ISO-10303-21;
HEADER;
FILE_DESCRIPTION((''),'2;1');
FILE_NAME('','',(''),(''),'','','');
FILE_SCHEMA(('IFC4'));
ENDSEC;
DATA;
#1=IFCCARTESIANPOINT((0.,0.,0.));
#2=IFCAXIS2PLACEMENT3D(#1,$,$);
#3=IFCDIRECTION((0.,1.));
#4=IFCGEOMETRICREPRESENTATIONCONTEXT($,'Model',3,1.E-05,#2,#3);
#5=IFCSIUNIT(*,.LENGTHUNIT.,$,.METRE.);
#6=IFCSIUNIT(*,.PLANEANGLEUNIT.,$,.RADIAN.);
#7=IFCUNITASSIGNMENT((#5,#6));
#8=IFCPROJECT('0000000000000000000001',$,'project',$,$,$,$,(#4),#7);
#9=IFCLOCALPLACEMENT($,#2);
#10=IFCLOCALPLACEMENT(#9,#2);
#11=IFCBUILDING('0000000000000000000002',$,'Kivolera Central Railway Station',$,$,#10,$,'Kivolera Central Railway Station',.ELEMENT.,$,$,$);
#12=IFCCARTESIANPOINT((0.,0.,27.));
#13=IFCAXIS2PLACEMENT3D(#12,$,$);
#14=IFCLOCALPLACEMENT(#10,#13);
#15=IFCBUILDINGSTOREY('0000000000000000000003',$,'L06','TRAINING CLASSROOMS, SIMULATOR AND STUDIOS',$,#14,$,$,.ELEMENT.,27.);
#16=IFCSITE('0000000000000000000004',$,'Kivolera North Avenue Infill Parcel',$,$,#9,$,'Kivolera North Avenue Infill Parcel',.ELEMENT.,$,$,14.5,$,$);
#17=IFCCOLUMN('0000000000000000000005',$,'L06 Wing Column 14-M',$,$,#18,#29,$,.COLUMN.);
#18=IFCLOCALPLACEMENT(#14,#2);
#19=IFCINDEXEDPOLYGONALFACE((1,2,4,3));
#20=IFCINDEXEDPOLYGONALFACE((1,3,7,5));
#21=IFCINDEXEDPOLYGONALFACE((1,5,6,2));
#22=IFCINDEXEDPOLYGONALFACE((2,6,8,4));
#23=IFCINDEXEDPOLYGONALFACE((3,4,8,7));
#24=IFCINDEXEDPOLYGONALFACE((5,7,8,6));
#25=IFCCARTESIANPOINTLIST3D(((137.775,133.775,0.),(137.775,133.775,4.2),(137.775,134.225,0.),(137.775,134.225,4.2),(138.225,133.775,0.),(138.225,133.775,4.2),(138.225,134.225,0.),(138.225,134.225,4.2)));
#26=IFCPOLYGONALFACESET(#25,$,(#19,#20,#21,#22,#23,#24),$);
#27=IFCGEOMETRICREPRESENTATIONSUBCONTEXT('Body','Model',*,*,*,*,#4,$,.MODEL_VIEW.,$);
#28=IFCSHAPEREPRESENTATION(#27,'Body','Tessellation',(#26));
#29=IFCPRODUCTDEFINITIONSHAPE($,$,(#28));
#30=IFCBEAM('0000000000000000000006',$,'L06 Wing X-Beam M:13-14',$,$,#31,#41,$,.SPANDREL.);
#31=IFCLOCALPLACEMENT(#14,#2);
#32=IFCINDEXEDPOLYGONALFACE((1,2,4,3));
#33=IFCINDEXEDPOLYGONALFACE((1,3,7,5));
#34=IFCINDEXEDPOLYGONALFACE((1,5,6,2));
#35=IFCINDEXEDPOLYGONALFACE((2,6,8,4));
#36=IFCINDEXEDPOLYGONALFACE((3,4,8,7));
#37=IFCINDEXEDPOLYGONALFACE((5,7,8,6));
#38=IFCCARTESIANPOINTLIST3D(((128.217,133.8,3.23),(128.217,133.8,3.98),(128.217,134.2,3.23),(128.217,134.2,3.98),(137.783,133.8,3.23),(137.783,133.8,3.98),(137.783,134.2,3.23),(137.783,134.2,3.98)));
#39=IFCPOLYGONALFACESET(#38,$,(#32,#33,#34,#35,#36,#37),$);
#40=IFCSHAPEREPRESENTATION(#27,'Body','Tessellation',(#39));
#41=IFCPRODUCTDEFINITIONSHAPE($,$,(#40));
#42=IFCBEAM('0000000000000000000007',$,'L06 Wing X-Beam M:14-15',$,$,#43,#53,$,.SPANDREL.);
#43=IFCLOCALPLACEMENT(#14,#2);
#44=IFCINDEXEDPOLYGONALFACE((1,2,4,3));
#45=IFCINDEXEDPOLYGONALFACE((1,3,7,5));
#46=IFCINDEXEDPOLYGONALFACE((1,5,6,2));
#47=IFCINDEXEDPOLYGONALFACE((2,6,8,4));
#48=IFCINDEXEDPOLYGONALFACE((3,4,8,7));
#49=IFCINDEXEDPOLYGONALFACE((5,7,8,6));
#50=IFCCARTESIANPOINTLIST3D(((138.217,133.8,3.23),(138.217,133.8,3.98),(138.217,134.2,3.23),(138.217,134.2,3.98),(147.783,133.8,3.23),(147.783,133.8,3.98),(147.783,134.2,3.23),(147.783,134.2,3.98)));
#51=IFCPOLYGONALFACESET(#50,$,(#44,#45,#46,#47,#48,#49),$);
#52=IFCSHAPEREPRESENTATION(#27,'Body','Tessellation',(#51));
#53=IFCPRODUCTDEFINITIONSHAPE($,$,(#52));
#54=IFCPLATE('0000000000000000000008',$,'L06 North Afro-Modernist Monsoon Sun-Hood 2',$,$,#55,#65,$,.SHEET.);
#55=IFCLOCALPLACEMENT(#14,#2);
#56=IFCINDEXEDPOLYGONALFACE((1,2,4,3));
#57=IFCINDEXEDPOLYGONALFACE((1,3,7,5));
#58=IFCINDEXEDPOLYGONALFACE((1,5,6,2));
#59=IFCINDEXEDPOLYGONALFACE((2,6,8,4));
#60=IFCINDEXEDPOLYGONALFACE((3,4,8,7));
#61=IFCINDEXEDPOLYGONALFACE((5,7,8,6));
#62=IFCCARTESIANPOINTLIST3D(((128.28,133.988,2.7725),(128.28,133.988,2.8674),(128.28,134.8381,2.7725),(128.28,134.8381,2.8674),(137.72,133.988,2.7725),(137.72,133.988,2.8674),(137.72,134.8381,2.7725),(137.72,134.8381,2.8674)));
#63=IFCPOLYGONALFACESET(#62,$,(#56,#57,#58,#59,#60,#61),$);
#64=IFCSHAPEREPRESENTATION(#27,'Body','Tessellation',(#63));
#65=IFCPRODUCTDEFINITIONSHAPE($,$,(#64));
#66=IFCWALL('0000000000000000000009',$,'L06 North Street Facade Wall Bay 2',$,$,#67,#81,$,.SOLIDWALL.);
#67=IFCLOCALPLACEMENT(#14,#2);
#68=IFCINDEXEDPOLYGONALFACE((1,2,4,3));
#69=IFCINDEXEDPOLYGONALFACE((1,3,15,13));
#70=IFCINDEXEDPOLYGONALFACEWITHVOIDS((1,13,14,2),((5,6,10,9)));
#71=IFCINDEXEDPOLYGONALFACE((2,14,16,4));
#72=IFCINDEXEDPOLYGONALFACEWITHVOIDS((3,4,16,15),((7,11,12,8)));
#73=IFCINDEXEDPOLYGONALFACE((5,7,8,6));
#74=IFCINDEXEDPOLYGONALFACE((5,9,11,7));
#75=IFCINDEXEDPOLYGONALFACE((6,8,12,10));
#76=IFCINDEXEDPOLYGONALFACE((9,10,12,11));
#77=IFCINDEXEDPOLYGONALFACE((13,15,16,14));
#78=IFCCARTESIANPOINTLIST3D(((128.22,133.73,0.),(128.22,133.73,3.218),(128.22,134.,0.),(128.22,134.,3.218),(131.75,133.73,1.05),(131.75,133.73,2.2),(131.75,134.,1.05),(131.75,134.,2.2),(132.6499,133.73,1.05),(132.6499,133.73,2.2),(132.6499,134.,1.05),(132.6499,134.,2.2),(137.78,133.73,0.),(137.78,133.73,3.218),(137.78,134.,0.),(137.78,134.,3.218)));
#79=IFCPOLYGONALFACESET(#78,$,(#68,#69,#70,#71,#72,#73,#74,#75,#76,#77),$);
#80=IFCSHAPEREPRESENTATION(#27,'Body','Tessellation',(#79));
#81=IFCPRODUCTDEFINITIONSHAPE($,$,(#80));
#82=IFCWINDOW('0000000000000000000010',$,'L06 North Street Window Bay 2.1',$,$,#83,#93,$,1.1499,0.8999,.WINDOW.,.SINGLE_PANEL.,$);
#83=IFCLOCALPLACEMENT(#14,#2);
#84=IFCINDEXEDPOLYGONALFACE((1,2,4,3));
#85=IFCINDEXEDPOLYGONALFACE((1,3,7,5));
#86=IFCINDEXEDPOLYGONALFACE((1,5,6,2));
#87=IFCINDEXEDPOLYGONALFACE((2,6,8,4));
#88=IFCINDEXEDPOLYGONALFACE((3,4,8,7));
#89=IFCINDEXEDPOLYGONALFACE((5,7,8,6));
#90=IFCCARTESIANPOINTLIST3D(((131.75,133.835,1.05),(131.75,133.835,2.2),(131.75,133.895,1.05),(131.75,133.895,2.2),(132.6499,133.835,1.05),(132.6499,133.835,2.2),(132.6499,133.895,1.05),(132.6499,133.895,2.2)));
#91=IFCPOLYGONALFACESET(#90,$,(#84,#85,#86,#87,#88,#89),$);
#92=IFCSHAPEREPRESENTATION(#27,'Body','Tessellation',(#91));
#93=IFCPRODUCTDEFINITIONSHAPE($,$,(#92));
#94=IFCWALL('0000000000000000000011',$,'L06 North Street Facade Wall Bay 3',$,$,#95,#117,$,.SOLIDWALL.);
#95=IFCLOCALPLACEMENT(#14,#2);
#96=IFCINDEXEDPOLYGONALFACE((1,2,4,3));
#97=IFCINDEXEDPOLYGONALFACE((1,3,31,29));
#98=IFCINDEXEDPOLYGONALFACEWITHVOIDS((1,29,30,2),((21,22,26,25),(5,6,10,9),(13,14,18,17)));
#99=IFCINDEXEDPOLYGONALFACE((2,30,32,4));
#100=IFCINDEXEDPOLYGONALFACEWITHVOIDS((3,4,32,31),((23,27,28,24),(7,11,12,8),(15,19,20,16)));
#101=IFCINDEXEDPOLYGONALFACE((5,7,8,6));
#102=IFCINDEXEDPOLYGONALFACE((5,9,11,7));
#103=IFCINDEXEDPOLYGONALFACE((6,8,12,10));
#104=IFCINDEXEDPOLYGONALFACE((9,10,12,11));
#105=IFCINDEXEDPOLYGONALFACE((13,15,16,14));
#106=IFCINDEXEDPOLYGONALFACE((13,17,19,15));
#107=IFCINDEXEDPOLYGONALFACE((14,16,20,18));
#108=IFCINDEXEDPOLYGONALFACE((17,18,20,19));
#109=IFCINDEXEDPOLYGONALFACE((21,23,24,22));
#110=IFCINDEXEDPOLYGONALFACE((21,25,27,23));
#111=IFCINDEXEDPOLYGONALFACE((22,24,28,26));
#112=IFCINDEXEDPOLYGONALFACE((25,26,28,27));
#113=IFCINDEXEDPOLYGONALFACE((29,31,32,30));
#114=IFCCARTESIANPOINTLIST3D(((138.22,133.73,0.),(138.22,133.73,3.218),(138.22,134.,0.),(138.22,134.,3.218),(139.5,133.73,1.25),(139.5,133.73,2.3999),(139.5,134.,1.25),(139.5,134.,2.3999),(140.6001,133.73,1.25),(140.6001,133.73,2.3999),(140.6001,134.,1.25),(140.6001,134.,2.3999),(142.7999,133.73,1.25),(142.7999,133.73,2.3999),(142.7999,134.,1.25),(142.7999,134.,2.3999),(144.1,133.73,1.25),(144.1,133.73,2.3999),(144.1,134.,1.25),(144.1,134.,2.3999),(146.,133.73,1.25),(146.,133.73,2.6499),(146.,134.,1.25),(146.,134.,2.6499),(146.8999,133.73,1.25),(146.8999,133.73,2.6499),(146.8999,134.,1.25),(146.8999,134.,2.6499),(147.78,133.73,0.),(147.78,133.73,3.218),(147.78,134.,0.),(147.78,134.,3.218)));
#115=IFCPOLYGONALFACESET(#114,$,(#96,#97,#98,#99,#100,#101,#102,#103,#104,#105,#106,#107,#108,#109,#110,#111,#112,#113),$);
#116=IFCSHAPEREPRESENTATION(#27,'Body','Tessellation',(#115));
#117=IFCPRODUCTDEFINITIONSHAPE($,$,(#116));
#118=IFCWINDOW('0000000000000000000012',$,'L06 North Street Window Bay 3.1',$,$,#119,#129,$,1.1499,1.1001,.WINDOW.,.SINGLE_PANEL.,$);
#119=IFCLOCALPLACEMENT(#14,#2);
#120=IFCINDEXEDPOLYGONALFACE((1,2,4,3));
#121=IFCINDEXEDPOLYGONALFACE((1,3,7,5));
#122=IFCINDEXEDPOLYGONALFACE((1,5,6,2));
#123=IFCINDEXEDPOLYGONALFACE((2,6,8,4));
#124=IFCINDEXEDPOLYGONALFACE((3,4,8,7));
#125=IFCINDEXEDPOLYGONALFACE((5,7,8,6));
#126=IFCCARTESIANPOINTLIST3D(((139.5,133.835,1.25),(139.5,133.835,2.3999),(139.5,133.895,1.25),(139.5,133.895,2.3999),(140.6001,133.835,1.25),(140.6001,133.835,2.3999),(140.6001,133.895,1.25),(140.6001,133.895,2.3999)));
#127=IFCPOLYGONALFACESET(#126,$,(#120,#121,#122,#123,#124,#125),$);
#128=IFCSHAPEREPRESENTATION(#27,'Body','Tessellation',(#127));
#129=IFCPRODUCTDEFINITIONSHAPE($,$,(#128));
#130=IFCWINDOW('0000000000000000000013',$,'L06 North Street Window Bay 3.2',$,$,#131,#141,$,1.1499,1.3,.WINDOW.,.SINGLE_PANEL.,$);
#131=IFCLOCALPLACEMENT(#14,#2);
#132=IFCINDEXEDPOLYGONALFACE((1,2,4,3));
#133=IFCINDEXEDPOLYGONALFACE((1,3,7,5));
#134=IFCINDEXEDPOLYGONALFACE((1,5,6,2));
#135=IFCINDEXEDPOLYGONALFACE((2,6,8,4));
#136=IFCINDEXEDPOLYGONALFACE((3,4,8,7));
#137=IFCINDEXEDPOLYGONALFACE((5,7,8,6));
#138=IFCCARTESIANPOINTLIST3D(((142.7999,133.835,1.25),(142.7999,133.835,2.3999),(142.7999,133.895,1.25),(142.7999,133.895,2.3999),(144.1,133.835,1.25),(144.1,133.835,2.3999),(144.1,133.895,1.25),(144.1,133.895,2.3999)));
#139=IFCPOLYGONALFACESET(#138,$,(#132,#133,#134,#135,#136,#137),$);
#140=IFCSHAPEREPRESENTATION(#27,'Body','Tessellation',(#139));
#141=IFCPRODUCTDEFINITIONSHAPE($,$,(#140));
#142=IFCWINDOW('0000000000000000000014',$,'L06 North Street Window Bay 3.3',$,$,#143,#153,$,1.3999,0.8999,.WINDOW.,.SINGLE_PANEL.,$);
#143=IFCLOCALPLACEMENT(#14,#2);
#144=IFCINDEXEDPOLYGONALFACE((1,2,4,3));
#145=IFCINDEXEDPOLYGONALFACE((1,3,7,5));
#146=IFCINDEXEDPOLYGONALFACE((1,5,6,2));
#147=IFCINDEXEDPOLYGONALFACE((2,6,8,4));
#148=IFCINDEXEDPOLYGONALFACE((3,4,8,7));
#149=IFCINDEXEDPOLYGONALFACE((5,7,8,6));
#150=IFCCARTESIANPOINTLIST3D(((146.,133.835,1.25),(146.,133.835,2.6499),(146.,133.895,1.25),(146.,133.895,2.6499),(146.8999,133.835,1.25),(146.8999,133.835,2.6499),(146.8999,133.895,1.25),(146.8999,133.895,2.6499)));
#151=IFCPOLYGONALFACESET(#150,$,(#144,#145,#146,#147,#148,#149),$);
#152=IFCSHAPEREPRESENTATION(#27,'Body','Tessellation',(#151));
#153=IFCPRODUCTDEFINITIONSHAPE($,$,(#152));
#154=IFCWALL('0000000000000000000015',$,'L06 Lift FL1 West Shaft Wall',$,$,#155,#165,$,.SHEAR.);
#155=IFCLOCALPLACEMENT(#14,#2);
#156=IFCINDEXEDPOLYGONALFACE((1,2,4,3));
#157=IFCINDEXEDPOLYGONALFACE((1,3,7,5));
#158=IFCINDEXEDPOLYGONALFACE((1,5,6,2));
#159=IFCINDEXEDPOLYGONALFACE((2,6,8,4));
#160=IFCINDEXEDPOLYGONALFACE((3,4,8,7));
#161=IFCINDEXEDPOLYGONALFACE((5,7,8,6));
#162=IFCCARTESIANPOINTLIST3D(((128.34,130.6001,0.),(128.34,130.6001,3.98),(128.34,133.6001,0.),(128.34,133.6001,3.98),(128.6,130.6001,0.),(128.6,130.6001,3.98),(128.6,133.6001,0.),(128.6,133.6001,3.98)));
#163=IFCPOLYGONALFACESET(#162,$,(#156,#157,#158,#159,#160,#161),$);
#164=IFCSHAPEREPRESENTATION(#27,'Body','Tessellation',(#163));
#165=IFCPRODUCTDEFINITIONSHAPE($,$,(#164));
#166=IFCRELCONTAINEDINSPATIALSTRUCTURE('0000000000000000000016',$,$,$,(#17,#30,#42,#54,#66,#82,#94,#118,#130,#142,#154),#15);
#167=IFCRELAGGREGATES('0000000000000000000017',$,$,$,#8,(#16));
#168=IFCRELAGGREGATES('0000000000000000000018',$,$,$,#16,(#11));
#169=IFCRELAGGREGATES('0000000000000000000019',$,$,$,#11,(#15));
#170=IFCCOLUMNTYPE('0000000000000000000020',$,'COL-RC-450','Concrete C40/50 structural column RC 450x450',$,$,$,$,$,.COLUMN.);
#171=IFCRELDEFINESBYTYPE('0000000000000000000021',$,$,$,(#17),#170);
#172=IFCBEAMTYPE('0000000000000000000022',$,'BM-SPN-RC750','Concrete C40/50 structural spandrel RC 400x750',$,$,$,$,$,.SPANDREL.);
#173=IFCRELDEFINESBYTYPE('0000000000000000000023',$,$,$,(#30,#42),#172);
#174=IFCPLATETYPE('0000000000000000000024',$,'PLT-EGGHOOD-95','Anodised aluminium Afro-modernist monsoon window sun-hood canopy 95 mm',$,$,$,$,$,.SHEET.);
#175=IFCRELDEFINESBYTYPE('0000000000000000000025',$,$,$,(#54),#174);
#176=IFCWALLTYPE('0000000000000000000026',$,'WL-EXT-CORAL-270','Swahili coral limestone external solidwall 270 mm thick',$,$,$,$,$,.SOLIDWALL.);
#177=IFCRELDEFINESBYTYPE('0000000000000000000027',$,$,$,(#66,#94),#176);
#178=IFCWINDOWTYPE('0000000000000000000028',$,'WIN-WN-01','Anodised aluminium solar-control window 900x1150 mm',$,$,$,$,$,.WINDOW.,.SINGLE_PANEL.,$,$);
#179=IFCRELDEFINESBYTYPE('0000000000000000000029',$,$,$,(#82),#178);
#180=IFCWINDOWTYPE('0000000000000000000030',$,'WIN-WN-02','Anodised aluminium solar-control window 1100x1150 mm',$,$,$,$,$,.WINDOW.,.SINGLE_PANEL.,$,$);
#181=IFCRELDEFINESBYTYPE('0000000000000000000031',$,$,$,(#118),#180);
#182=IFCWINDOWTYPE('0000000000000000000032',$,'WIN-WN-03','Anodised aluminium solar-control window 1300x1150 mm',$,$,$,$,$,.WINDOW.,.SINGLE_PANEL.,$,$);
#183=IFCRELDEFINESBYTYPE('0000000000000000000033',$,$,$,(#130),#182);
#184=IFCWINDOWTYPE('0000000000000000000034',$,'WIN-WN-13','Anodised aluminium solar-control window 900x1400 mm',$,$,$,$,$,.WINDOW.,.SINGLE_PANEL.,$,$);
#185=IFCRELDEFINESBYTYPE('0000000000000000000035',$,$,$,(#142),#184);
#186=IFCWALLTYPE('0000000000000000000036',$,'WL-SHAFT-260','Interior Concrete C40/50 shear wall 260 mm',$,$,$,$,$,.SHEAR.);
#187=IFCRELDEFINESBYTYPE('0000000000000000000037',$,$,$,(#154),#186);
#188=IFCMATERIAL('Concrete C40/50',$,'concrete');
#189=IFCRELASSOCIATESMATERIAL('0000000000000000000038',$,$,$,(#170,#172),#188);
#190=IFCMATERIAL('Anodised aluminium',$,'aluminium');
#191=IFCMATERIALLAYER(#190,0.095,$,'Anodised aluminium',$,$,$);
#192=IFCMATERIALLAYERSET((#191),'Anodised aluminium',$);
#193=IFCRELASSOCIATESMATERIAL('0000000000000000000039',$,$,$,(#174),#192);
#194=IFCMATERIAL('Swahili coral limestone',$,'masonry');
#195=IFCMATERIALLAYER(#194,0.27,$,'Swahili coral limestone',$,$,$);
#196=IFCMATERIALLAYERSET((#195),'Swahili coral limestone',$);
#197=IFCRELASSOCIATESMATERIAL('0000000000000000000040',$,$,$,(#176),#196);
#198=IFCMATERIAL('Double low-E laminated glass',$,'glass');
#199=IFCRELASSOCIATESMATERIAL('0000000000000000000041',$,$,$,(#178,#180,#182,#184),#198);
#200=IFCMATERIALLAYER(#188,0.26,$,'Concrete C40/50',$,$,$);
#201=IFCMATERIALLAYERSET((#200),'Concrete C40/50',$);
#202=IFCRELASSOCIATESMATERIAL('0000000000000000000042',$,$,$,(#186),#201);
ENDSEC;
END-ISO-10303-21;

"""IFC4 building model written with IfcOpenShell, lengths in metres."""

from ifc_helpers import new_model, si_unit, direction, frame, frame_2d, origin, origin_2d, place, context, subcontext, project, spatial, rectangle, extrude, material, layer, layer_set, material_profile, profile_set, type_object, element, fill, save


model = new_model("IFC4")

# Units and contexts
model_context = context("Model", 3, precision=1e-05, world=origin(), true_north=direction((0.0, 1.0)))
body_context = subcontext(model_context, "Body", "Model", "MODEL_VIEW")
ifc_project = project(units=[si_unit("LENGTHUNIT", "METRE"), si_unit("PLANEANGLEUNIT", "RADIAN")], contexts=[model_context])

# Site, building, storey
site_placement = place(None, origin())
site = spatial("IfcSite", under=ifc_project, at=site_placement, Name="Kivolera North Avenue Infill Parcel", LongName="Kivolera North Avenue Infill Parcel", CompositionType="ELEMENT", RefElevation=14.5)
building_placement = place(site_placement, origin())
building = spatial("IfcBuilding", under=site, at=building_placement, Name="Kivolera Central Railway Station", LongName="Kivolera Central Railway Station", CompositionType="ELEMENT")
storey_placement = place(building_placement, frame((0.0, 0.0, 27.0)))
storey = spatial("IfcBuildingStorey", under=building, at=storey_placement, Name="L06", Description="TRAINING CLASSROOMS, SIMULATOR AND STUDIOS", CompositionType="ELEMENT", Elevation=27.0)

# Column
ifc_material_1 = material(Name="Concrete C40/50", Category="concrete")
ifc_material_profile_1 = material_profile(ifc_material_1, rectangle(XDim=0.45, YDim=0.45, at=origin_2d()), Name="RC 450x450")
ifc_profile_set_1 = profile_set([ifc_material_profile_1], Name="Concrete C40/50")
column_type = type_object("IfcColumnType", Name="COL-RC-450", Description="Concrete C40/50 structural column RC 450x450", PredefinedType="COLUMN", material=ifc_profile_set_1)
column_placement = place(storey_placement, frame((138.0, 134.0, 0.0), z_axis=(0.0, 0.0, 1.0), x_axis=(1.0, 0.0, 0.0)))
element("IfcColumn", 1, at=column_placement, inside=storey, type_object=column_type, Name="L06 Wing Column 14-M", PredefinedType="COLUMN", context=body_context, shape_type="SweptSolid", body=[
    extrude(rectangle(XDim=0.45, YDim=0.45, at=origin_2d()), origin(), (0.0, 0.0, 1.0), 4.2),
])

# Beams
ifc_material_profile_2 = material_profile(ifc_material_1, rectangle(XDim=0.3999, YDim=0.75, at=origin_2d()), Name="RC 400x750")
ifc_profile_set_2 = profile_set([ifc_material_profile_2], Name="Concrete C40/50")
beam_type = type_object("IfcBeamType", Name="BM-SPN-RC750", Description="Concrete C40/50 structural spandrel RC 400x750", PredefinedType="SPANDREL", material=ifc_profile_set_2)
for number, where, z_axis, x_axis, name in (
    (2, (128.217, 134.0, 3.605), (1.0, 0.0, 0.0), (0.0, 1.0, 0.0), "L06 Wing X-Beam M:13-14"),
    (3, (138.217, 134.0, 3.605), (1.0, 0.0, 0.0), (0.0, 1.0, 0.0), "L06 Wing X-Beam M:14-15"),
):
    element("IfcBeam", number, at=place(storey_placement, frame(where, z_axis=z_axis, x_axis=x_axis)), inside=storey, type_object=beam_type, Name=name, PredefinedType="SPANDREL", context=body_context, shape_type="SweptSolid", body=[
        extrude(rectangle(XDim=0.3999, YDim=0.75, at=origin_2d()), origin(), (0.0, 0.0, 1.0), 9.5659),
    ])

# Plate
ifc_material_2 = material(Name="Anodised aluminium", Category="aluminium")
ifc_layer_1 = layer(ifc_material_2, 0.095, Name="Anodised aluminium")
ifc_layer_set_1 = layer_set([ifc_layer_1], Name="Anodised aluminium")
plate_type = type_object("IfcPlateType", Name="PLT-EGGHOOD-95", Description="Anodised aluminium Afro-modernist monsoon window sun-hood canopy 95 mm", PredefinedType="SHEET", material=ifc_layer_set_1)
plate_placement = place(storey_placement, frame((133.0, 134.4131, 2.7725), z_axis=(0.0, 0.0, 1.0), x_axis=(1.0, 0.0, 0.0)))
element("IfcPlate", 4, at=plate_placement, inside=storey, type_object=plate_type, Name="L06 North Afro-Modernist Monsoon Sun-Hood 2", PredefinedType="SHEET", context=body_context, shape_type="SweptSolid", body=[
    extrude(rectangle(XDim=9.4399, YDim=0.8501, at=origin_2d()), origin(), (0.0, 0.0, 1.0), 0.095),
])

# Wall, opening, window
ifc_material_3 = material(Name="Swahili coral limestone", Category="masonry")
ifc_layer_2 = layer(ifc_material_3, 0.27, Name="Swahili coral limestone")
ifc_layer_set_2 = layer_set([ifc_layer_2], Name="Swahili coral limestone")
wall_type_1 = type_object("IfcWallType", Name="WL-EXT-CORAL-270", Description="Swahili coral limestone external solidwall 270 mm thick", PredefinedType="SOLIDWALL", material=ifc_layer_set_2)
wall_1_placement = place(storey_placement, frame((128.22, 133.865, 0.0), z_axis=(0.0, 0.0, 1.0), x_axis=(1.0, 0.0, 0.0)))
wall_1 = element("IfcWall", 5, at=wall_1_placement, inside=storey, type_object=wall_type_1, Name="L06 North Street Facade Wall Bay 2", PredefinedType="SOLIDWALL", context=body_context, shape_type="SweptSolid", body=[
    extrude(rectangle(XDim=9.5601, YDim=0.27, at=frame_2d((4.78, 0.0))), origin(), (0.0, 0.0, 1.0), 3.218),
])
opening_1_placement = place(wall_1_placement, frame((3.53, 0.0, 1.05)))
opening_1 = element("IfcOpeningElement", 6, at=opening_1_placement, cuts=wall_1, PredefinedType="OPENING", context=body_context, shape_type="SweptSolid", body=[
    extrude(rectangle(XDim=0.8999, YDim=1.1499, at=frame_2d((0.45, 0.575))), frame((0.0, 0.145, 0.0), z_axis=(0.0, -1.0, 0.0), x_axis=(1.0, 0.0, 0.0)), (0.0, 0.0, 1.0), 0.29),
])
ifc_material_4 = material(Name="Double low-E laminated glass", Category="glass")
window_type_1 = type_object("IfcWindowType", Name="WIN-WN-01", Description="Anodised aluminium solar-control window 900x1150 mm", PartitioningType="SINGLE_PANEL", PredefinedType="WINDOW", material=ifc_material_4)
window_1_placement = place(opening_1_placement, origin())
window_1 = element("IfcWindow", 7, at=window_1_placement, inside=storey, type_object=window_type_1, Name="L06 North Street Window Bay 2.1", OverallHeight=1.1499, OverallWidth=0.8999, PartitioningType="SINGLE_PANEL", PredefinedType="WINDOW", context=body_context, shape_type="SweptSolid", body=[
    extrude(rectangle(XDim=0.8999, YDim=1.1499, at=frame_2d((0.45, 0.575))), frame((0.0, 0.03, 0.0), z_axis=(0.0, -1.0, 0.0), x_axis=(1.0, 0.0, 0.0)), (0.0, 0.0, 1.0), 0.0601),
])
fill(opening_1, window_1)

# Wall, openings, windows
wall_2_placement = place(storey_placement, frame((138.22, 133.865, 0.0), z_axis=(0.0, 0.0, 1.0), x_axis=(1.0, 0.0, 0.0)))
wall_2 = element("IfcWall", 8, at=wall_2_placement, inside=storey, type_object=wall_type_1, Name="L06 North Street Facade Wall Bay 3", PredefinedType="SOLIDWALL", context=body_context, shape_type="SweptSolid", body=[
    extrude(rectangle(XDim=9.5601, YDim=0.27, at=frame_2d((4.78, 0.0))), origin(), (0.0, 0.0, 1.0), 3.218),
])
opening_2_placement = place(wall_2_placement, frame((1.28, 0.0, 1.25)))
opening_2 = element("IfcOpeningElement", 9, at=opening_2_placement, cuts=wall_2, PredefinedType="OPENING", context=body_context, shape_type="SweptSolid", body=[
    extrude(rectangle(XDim=1.1001, YDim=1.1499, at=frame_2d((0.55, 0.575))), frame((0.0, 0.145, 0.0), z_axis=(0.0, -1.0, 0.0), x_axis=(1.0, 0.0, 0.0)), (0.0, 0.0, 1.0), 0.29),
])
opening_3_placement = place(wall_2_placement, frame((4.5801, 0.0, 1.25)))
opening_3 = element("IfcOpeningElement", 10, at=opening_3_placement, cuts=wall_2, PredefinedType="OPENING", context=body_context, shape_type="SweptSolid", body=[
    extrude(rectangle(XDim=1.3, YDim=1.1499, at=frame_2d((0.6499, 0.575))), frame((0.0, 0.145, 0.0), z_axis=(0.0, -1.0, 0.0), x_axis=(1.0, 0.0, 0.0)), (0.0, 0.0, 1.0), 0.29),
])
opening_4_placement = place(wall_2_placement, frame((7.78, 0.0, 1.25)))
opening_4 = element("IfcOpeningElement", 11, at=opening_4_placement, cuts=wall_2, PredefinedType="OPENING", context=body_context, shape_type="SweptSolid", body=[
    extrude(rectangle(XDim=0.8999, YDim=1.3999, at=frame_2d((0.45, 0.7))), frame((0.0, 0.145, 0.0), z_axis=(0.0, -1.0, 0.0), x_axis=(1.0, 0.0, 0.0)), (0.0, 0.0, 1.0), 0.29),
])
window_type_2 = type_object("IfcWindowType", Name="WIN-WN-02", Description="Anodised aluminium solar-control window 1100x1150 mm", PartitioningType="SINGLE_PANEL", PredefinedType="WINDOW", material=ifc_material_4)
window_2_placement = place(opening_2_placement, origin())
window_2 = element("IfcWindow", 12, at=window_2_placement, inside=storey, type_object=window_type_2, Name="L06 North Street Window Bay 3.1", OverallHeight=1.1499, OverallWidth=1.1001, PartitioningType="SINGLE_PANEL", PredefinedType="WINDOW", context=body_context, shape_type="SweptSolid", body=[
    extrude(rectangle(XDim=1.1001, YDim=1.1499, at=frame_2d((0.55, 0.575))), frame((0.0, 0.03, 0.0), z_axis=(0.0, -1.0, 0.0), x_axis=(1.0, 0.0, 0.0)), (0.0, 0.0, 1.0), 0.0601),
])
fill(opening_2, window_2)
window_type_3 = type_object("IfcWindowType", Name="WIN-WN-03", Description="Anodised aluminium solar-control window 1300x1150 mm", PartitioningType="SINGLE_PANEL", PredefinedType="WINDOW", material=ifc_material_4)
window_3_placement = place(opening_3_placement, origin())
window_3 = element("IfcWindow", 13, at=window_3_placement, inside=storey, type_object=window_type_3, Name="L06 North Street Window Bay 3.2", OverallHeight=1.1499, OverallWidth=1.3, PartitioningType="SINGLE_PANEL", PredefinedType="WINDOW", context=body_context, shape_type="SweptSolid", body=[
    extrude(rectangle(XDim=1.3, YDim=1.1499, at=frame_2d((0.6499, 0.575))), frame((0.0, 0.03, 0.0), z_axis=(0.0, -1.0, 0.0), x_axis=(1.0, 0.0, 0.0)), (0.0, 0.0, 1.0), 0.0601),
])
fill(opening_3, window_3)
window_type_4 = type_object("IfcWindowType", Name="WIN-WN-13", Description="Anodised aluminium solar-control window 900x1400 mm", PartitioningType="SINGLE_PANEL", PredefinedType="WINDOW", material=ifc_material_4)
window_4_placement = place(opening_4_placement, origin())
window_4 = element("IfcWindow", 14, at=window_4_placement, inside=storey, type_object=window_type_4, Name="L06 North Street Window Bay 3.3", OverallHeight=1.3999, OverallWidth=0.8999, PartitioningType="SINGLE_PANEL", PredefinedType="WINDOW", context=body_context, shape_type="SweptSolid", body=[
    extrude(rectangle(XDim=0.8999, YDim=1.3999, at=frame_2d((0.45, 0.7))), frame((0.0, 0.03, 0.0), z_axis=(0.0, -1.0, 0.0), x_axis=(1.0, 0.0, 0.0)), (0.0, 0.0, 1.0), 0.0601),
])
fill(opening_4, window_4)

# Wall
ifc_layer_3 = layer(ifc_material_1, 0.26, Name="Concrete C40/50")
ifc_layer_set_3 = layer_set([ifc_layer_3], Name="Concrete C40/50")
wall_type_2 = type_object("IfcWallType", Name="WL-SHAFT-260", Description="Interior Concrete C40/50 shear wall 260 mm", PredefinedType="SHEAR", material=ifc_layer_set_3)
for number, where, z_axis, x_axis, name in (
    (15, (128.47, 130.6001, 0.0), (0.0, 0.0, 1.0), (0.0, 1.0, 0.0), "L06 Lift FL1 West Shaft Wall"),
):
    element("IfcWall", number, at=place(storey_placement, frame(where, z_axis=z_axis, x_axis=x_axis)), inside=storey, type_object=wall_type_2, Name=name, PredefinedType="SHEAR", context=body_context, shape_type="SweptSolid", body=[
        extrude(rectangle(XDim=3.0, YDim=0.26, at=frame_2d((1.5, 0.0))), origin(), (0.0, 0.0, 1.0), 3.98),
    ])

save(model, "model.ifc")
